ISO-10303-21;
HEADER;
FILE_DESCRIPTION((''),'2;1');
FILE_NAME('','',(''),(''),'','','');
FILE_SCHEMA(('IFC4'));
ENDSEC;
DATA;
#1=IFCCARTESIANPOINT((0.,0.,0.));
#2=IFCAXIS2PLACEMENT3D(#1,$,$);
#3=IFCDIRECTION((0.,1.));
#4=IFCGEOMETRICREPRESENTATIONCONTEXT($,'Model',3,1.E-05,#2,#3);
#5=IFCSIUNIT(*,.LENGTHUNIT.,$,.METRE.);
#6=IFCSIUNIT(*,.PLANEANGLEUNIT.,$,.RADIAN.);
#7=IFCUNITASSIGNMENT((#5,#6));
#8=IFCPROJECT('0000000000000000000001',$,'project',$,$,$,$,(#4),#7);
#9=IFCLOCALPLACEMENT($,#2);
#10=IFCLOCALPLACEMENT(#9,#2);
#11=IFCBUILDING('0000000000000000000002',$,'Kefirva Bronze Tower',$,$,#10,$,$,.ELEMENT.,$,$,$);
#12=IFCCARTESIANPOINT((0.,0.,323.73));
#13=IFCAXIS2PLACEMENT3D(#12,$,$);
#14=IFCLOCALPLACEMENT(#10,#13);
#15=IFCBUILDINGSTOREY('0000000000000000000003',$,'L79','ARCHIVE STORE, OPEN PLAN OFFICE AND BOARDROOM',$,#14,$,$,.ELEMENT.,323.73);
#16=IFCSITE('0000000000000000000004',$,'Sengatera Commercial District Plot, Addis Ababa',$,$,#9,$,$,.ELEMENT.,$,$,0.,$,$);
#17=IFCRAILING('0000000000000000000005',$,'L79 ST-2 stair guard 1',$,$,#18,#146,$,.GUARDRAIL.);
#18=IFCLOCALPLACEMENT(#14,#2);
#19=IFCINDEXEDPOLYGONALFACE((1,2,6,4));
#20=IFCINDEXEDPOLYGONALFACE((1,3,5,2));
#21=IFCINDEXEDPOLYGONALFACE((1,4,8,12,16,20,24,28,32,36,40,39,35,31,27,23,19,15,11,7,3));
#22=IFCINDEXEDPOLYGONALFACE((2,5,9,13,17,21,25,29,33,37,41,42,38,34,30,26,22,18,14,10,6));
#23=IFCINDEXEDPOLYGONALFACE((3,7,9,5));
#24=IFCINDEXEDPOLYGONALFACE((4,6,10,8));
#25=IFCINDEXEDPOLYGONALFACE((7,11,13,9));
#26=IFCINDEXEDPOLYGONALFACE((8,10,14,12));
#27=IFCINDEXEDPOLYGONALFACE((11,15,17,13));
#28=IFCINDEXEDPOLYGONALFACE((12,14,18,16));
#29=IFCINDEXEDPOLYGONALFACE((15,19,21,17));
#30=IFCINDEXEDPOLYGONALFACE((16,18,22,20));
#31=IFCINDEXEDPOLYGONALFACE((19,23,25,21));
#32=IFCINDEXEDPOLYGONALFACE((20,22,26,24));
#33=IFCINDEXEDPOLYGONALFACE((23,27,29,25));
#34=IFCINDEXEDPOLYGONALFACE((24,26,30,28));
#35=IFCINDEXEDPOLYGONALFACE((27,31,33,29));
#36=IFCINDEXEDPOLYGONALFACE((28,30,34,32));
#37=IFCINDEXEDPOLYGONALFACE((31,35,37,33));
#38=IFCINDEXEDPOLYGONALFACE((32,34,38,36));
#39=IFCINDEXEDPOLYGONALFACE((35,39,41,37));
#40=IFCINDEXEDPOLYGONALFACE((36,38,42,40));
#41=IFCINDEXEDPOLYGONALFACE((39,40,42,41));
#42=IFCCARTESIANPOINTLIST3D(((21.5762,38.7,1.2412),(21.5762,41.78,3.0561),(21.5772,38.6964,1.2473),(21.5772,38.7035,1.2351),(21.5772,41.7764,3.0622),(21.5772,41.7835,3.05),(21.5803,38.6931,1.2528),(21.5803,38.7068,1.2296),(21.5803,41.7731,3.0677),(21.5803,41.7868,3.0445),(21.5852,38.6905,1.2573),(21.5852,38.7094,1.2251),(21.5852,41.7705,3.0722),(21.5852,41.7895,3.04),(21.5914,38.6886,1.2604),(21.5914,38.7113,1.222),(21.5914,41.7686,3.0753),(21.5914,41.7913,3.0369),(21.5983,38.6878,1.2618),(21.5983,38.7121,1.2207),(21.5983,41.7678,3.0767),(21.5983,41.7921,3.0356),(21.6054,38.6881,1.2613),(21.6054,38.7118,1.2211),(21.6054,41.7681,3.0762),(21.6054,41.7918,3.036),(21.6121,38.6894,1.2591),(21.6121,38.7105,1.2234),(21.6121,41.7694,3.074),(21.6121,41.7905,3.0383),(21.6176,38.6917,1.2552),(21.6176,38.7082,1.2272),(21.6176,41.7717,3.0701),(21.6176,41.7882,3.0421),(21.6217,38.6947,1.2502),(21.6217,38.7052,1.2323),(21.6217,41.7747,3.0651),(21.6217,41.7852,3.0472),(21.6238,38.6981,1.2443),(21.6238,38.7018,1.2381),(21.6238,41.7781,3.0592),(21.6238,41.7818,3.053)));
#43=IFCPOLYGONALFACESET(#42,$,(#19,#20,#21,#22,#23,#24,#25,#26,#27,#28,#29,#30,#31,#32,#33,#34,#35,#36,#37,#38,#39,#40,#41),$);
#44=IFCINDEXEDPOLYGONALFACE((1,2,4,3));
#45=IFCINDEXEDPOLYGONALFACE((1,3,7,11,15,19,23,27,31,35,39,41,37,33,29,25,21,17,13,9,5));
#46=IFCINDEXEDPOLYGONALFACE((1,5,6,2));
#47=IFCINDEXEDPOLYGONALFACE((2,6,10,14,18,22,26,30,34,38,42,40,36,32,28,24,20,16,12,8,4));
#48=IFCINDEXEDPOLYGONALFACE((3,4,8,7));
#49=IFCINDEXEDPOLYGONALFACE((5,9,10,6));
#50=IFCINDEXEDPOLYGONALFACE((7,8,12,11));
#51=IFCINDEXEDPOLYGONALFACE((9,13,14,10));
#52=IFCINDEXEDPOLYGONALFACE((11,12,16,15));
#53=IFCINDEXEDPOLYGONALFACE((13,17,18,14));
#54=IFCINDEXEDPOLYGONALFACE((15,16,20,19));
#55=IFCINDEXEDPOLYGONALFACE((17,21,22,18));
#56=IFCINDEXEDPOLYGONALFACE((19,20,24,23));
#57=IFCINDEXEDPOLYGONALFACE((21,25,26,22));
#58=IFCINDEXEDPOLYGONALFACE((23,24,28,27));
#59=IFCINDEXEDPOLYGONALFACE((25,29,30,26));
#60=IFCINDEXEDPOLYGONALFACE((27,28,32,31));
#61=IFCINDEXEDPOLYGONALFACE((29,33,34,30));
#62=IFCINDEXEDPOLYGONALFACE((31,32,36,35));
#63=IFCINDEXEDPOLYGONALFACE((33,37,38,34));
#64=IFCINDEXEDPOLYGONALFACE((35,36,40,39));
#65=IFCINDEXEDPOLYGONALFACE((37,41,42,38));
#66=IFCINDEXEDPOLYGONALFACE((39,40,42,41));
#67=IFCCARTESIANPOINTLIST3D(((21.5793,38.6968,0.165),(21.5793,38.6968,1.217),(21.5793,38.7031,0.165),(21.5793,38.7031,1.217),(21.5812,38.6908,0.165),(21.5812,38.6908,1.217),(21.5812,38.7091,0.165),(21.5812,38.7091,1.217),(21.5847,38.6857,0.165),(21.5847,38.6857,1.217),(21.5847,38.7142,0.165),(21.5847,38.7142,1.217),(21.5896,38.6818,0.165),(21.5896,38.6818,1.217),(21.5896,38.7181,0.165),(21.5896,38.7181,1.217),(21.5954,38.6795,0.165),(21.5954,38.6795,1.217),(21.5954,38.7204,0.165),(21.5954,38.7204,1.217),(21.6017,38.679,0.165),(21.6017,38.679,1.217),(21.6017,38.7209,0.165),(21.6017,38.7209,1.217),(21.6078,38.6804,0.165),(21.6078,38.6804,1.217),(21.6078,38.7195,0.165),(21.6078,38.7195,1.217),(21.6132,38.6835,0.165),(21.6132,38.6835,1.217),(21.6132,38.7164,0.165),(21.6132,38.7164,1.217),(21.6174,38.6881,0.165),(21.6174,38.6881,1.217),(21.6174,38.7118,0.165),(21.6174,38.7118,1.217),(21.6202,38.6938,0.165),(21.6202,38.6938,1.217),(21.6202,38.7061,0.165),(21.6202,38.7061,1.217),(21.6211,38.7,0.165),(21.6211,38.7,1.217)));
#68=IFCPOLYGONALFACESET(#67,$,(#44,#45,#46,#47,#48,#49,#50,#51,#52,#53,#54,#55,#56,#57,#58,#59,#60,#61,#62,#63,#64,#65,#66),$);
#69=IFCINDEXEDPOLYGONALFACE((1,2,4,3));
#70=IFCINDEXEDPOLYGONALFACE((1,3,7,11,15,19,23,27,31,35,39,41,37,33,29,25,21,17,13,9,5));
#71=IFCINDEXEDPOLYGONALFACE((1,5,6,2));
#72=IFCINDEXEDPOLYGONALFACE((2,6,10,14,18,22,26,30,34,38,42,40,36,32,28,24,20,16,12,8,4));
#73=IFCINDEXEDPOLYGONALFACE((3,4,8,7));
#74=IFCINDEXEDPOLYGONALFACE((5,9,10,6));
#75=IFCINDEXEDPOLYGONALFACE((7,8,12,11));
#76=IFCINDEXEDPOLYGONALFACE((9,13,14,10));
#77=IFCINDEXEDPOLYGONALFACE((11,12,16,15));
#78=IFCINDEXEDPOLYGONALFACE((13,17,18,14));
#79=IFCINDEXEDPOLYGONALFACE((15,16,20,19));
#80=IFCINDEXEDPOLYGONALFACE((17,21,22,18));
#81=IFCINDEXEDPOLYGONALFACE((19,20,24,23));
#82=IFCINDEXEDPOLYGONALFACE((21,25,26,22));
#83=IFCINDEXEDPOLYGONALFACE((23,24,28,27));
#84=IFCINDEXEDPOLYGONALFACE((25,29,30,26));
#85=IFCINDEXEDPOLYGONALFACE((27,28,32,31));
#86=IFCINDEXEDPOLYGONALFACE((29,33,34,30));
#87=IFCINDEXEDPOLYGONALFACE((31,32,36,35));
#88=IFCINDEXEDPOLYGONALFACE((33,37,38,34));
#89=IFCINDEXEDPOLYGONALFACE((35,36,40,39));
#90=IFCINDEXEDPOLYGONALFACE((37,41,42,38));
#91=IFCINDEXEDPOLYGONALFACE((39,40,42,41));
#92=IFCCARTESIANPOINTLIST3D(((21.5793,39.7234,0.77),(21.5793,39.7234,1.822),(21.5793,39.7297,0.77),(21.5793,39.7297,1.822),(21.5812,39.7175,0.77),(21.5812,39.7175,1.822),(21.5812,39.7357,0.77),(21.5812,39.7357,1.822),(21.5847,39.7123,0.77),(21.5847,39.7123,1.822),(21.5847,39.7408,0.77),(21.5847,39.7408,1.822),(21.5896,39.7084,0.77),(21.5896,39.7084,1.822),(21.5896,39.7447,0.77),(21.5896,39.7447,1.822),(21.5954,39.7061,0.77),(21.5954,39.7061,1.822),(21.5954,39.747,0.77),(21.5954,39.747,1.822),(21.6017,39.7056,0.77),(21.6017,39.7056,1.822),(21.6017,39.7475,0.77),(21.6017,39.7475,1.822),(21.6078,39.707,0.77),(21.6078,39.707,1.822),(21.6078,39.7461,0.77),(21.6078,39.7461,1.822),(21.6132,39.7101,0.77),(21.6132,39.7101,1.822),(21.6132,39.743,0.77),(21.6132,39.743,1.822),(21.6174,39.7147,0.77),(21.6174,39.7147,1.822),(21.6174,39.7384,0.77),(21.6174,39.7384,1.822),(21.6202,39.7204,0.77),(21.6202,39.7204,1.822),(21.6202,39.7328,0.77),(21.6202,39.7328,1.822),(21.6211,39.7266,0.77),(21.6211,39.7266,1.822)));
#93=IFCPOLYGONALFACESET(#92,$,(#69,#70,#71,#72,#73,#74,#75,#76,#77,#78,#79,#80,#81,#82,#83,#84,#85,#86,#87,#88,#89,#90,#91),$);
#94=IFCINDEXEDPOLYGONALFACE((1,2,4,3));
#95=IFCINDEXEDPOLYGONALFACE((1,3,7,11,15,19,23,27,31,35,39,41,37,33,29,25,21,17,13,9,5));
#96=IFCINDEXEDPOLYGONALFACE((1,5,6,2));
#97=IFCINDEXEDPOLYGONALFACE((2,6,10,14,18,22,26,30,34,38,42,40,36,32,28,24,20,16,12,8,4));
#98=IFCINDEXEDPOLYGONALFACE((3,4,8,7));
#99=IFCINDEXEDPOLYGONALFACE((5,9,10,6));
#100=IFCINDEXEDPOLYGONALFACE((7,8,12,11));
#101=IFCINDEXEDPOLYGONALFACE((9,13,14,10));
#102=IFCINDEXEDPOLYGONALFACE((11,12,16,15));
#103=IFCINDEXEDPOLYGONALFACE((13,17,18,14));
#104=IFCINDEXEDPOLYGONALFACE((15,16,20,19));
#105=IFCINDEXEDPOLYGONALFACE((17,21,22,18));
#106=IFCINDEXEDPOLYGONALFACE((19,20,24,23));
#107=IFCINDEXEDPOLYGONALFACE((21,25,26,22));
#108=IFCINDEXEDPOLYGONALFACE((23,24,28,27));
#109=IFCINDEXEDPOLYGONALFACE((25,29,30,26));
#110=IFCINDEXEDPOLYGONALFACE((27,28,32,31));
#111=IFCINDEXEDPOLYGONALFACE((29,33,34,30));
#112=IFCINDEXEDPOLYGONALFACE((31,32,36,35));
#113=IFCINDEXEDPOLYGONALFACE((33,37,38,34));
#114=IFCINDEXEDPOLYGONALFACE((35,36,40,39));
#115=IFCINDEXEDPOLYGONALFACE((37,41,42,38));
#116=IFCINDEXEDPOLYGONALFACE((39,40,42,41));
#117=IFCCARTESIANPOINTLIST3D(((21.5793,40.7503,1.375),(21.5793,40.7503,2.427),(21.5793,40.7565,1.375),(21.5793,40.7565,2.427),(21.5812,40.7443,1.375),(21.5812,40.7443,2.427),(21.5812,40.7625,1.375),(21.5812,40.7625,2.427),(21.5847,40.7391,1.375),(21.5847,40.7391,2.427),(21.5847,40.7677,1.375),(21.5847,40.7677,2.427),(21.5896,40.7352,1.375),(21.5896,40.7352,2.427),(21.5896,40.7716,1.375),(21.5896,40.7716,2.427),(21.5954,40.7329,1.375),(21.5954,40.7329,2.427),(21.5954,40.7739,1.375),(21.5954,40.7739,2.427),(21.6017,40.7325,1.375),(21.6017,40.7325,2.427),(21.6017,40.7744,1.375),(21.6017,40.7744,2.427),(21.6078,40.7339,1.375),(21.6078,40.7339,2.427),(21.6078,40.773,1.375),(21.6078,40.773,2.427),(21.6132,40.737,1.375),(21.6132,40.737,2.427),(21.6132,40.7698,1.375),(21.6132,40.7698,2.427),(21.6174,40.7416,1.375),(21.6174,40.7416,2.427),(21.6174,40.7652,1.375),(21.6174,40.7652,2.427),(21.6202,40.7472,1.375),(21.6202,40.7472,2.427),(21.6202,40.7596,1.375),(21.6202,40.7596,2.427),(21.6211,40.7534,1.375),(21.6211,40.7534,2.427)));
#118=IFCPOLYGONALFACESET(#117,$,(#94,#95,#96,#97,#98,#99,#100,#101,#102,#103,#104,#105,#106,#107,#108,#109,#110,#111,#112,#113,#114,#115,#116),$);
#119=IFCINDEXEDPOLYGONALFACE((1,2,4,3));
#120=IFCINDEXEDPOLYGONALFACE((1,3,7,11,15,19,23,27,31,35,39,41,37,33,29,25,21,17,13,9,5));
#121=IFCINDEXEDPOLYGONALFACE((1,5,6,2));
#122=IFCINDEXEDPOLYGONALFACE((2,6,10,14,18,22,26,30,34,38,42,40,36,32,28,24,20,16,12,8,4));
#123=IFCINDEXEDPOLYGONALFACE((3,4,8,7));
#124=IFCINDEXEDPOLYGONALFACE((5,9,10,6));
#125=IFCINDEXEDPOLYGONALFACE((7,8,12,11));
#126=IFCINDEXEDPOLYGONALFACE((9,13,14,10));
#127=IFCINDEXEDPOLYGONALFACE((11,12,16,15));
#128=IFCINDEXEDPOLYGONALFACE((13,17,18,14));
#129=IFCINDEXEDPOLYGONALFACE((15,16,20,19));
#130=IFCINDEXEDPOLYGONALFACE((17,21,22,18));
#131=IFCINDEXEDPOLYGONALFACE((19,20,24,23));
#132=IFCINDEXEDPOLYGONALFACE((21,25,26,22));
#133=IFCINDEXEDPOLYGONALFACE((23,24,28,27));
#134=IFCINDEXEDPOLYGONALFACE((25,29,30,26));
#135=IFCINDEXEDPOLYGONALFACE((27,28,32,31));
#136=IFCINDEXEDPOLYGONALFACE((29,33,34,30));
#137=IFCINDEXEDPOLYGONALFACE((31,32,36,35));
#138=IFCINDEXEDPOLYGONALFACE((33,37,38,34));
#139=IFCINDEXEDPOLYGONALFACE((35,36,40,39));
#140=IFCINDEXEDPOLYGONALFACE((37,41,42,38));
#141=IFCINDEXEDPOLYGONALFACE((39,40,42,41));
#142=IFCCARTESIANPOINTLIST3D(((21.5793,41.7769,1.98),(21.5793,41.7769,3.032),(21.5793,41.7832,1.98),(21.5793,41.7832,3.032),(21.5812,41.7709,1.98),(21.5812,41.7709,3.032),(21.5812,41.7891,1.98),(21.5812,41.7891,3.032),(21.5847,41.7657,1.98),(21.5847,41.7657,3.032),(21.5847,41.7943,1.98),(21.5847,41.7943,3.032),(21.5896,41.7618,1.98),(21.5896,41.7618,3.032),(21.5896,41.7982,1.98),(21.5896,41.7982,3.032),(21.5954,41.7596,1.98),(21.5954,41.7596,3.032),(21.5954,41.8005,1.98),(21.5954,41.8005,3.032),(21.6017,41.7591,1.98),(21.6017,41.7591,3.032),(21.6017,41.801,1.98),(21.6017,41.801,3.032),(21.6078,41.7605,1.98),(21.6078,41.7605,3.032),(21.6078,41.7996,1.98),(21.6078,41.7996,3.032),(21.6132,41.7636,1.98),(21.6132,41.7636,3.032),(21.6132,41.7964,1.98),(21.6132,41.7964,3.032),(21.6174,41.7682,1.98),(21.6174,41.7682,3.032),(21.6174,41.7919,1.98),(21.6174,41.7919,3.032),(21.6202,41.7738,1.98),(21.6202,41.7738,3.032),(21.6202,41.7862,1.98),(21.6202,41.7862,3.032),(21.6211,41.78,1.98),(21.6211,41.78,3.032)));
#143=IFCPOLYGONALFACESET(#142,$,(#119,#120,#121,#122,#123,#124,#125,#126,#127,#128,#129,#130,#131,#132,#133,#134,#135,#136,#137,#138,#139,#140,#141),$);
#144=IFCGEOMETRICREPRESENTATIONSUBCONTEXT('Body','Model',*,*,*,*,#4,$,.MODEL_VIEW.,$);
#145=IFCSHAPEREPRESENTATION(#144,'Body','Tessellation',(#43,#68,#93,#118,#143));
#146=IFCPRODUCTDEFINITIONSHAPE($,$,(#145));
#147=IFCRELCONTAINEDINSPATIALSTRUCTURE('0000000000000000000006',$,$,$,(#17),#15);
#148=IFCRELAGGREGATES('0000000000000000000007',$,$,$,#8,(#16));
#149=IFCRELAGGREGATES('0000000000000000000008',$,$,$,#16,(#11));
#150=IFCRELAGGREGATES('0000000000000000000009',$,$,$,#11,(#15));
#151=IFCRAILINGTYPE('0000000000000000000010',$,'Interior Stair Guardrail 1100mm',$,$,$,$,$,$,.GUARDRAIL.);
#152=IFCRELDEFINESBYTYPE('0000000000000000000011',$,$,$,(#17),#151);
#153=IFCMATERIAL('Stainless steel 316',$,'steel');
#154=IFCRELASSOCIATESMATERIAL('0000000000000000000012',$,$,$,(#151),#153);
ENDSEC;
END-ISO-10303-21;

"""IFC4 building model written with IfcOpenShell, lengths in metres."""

from ifc_helpers import new_model, si_unit, direction, frame, origin, origin_2d, place, context, subcontext, project, spatial, circle, extrude, material, type_object, element, save


model = new_model("IFC4")

# Units and contexts
model_context = context("Model", 3, precision=1e-05, world=origin(), true_north=direction((0.0, 1.0)))
body_context = subcontext(model_context, "Body", "Model", "MODEL_VIEW")
ifc_project = project(units=[si_unit("LENGTHUNIT", "METRE"), si_unit("PLANEANGLEUNIT", "RADIAN")], contexts=[model_context])

# Site, building, storey
site_placement = place(None, origin())
site = spatial("IfcSite", under=ifc_project, at=site_placement, Name="Sengatera Commercial District Plot, Addis Ababa", CompositionType="ELEMENT", RefElevation=0.0)
building_placement = place(site_placement, origin())
building = spatial("IfcBuilding", under=site, at=building_placement, Name="Kefirva Bronze Tower", CompositionType="ELEMENT")
storey_placement = place(building_placement, frame((0.0, 0.0, 323.73)))
storey = spatial("IfcBuildingStorey", under=building, at=storey_placement, Name="L79", Description="ARCHIVE STORE, OPEN PLAN OFFICE AND BOARDROOM", CompositionType="ELEMENT", Elevation=323.73)

# Railing
ifc_material_1 = material(Name="Stainless steel 316", Category="steel")
railing_type_1 = type_object("IfcRailingType", Name="Interior Stair Guardrail 1100mm", PredefinedType="GUARDRAIL", material=ifc_material_1)
railing_1_placement = place(storey_placement, frame((21.6001, 38.7, 0.165)))
element("IfcRailing", 1, at=railing_1_placement, inside=storey, type_object=railing_type_1, Name="L79 ST-2 stair guard 1", PredefinedType="GUARDRAIL", context=body_context, shape_type="SweptSolid", body=[
    extrude(circle(Radius=0.0239, at=origin_2d()), frame((0.0, 0.0, 1.0762), z_axis=(0.0, 0.861551, 0.507671), x_axis=(-1.0, 0.0, 0.0)), (0.0, 0.0, 1.0), 3.575),
    extrude(circle(Radius=0.021, at=origin_2d()), origin(), (0.0, 0.0, 1.0), 1.052),
    extrude(circle(Radius=0.021, at=origin_2d()), frame((0.0, 1.0266, 0.605)), (0.0, 0.0, 1.0), 1.052),
    extrude(circle(Radius=0.021, at=origin_2d()), frame((0.0, 2.0535, 1.21)), (0.0, 0.0, 1.0), 1.052),
    extrude(circle(Radius=0.021, at=origin_2d()), frame((0.0, 3.0801, 1.8149)), (0.0, 0.0, 1.0), 1.052),
])

save(model, "model.ifc")
